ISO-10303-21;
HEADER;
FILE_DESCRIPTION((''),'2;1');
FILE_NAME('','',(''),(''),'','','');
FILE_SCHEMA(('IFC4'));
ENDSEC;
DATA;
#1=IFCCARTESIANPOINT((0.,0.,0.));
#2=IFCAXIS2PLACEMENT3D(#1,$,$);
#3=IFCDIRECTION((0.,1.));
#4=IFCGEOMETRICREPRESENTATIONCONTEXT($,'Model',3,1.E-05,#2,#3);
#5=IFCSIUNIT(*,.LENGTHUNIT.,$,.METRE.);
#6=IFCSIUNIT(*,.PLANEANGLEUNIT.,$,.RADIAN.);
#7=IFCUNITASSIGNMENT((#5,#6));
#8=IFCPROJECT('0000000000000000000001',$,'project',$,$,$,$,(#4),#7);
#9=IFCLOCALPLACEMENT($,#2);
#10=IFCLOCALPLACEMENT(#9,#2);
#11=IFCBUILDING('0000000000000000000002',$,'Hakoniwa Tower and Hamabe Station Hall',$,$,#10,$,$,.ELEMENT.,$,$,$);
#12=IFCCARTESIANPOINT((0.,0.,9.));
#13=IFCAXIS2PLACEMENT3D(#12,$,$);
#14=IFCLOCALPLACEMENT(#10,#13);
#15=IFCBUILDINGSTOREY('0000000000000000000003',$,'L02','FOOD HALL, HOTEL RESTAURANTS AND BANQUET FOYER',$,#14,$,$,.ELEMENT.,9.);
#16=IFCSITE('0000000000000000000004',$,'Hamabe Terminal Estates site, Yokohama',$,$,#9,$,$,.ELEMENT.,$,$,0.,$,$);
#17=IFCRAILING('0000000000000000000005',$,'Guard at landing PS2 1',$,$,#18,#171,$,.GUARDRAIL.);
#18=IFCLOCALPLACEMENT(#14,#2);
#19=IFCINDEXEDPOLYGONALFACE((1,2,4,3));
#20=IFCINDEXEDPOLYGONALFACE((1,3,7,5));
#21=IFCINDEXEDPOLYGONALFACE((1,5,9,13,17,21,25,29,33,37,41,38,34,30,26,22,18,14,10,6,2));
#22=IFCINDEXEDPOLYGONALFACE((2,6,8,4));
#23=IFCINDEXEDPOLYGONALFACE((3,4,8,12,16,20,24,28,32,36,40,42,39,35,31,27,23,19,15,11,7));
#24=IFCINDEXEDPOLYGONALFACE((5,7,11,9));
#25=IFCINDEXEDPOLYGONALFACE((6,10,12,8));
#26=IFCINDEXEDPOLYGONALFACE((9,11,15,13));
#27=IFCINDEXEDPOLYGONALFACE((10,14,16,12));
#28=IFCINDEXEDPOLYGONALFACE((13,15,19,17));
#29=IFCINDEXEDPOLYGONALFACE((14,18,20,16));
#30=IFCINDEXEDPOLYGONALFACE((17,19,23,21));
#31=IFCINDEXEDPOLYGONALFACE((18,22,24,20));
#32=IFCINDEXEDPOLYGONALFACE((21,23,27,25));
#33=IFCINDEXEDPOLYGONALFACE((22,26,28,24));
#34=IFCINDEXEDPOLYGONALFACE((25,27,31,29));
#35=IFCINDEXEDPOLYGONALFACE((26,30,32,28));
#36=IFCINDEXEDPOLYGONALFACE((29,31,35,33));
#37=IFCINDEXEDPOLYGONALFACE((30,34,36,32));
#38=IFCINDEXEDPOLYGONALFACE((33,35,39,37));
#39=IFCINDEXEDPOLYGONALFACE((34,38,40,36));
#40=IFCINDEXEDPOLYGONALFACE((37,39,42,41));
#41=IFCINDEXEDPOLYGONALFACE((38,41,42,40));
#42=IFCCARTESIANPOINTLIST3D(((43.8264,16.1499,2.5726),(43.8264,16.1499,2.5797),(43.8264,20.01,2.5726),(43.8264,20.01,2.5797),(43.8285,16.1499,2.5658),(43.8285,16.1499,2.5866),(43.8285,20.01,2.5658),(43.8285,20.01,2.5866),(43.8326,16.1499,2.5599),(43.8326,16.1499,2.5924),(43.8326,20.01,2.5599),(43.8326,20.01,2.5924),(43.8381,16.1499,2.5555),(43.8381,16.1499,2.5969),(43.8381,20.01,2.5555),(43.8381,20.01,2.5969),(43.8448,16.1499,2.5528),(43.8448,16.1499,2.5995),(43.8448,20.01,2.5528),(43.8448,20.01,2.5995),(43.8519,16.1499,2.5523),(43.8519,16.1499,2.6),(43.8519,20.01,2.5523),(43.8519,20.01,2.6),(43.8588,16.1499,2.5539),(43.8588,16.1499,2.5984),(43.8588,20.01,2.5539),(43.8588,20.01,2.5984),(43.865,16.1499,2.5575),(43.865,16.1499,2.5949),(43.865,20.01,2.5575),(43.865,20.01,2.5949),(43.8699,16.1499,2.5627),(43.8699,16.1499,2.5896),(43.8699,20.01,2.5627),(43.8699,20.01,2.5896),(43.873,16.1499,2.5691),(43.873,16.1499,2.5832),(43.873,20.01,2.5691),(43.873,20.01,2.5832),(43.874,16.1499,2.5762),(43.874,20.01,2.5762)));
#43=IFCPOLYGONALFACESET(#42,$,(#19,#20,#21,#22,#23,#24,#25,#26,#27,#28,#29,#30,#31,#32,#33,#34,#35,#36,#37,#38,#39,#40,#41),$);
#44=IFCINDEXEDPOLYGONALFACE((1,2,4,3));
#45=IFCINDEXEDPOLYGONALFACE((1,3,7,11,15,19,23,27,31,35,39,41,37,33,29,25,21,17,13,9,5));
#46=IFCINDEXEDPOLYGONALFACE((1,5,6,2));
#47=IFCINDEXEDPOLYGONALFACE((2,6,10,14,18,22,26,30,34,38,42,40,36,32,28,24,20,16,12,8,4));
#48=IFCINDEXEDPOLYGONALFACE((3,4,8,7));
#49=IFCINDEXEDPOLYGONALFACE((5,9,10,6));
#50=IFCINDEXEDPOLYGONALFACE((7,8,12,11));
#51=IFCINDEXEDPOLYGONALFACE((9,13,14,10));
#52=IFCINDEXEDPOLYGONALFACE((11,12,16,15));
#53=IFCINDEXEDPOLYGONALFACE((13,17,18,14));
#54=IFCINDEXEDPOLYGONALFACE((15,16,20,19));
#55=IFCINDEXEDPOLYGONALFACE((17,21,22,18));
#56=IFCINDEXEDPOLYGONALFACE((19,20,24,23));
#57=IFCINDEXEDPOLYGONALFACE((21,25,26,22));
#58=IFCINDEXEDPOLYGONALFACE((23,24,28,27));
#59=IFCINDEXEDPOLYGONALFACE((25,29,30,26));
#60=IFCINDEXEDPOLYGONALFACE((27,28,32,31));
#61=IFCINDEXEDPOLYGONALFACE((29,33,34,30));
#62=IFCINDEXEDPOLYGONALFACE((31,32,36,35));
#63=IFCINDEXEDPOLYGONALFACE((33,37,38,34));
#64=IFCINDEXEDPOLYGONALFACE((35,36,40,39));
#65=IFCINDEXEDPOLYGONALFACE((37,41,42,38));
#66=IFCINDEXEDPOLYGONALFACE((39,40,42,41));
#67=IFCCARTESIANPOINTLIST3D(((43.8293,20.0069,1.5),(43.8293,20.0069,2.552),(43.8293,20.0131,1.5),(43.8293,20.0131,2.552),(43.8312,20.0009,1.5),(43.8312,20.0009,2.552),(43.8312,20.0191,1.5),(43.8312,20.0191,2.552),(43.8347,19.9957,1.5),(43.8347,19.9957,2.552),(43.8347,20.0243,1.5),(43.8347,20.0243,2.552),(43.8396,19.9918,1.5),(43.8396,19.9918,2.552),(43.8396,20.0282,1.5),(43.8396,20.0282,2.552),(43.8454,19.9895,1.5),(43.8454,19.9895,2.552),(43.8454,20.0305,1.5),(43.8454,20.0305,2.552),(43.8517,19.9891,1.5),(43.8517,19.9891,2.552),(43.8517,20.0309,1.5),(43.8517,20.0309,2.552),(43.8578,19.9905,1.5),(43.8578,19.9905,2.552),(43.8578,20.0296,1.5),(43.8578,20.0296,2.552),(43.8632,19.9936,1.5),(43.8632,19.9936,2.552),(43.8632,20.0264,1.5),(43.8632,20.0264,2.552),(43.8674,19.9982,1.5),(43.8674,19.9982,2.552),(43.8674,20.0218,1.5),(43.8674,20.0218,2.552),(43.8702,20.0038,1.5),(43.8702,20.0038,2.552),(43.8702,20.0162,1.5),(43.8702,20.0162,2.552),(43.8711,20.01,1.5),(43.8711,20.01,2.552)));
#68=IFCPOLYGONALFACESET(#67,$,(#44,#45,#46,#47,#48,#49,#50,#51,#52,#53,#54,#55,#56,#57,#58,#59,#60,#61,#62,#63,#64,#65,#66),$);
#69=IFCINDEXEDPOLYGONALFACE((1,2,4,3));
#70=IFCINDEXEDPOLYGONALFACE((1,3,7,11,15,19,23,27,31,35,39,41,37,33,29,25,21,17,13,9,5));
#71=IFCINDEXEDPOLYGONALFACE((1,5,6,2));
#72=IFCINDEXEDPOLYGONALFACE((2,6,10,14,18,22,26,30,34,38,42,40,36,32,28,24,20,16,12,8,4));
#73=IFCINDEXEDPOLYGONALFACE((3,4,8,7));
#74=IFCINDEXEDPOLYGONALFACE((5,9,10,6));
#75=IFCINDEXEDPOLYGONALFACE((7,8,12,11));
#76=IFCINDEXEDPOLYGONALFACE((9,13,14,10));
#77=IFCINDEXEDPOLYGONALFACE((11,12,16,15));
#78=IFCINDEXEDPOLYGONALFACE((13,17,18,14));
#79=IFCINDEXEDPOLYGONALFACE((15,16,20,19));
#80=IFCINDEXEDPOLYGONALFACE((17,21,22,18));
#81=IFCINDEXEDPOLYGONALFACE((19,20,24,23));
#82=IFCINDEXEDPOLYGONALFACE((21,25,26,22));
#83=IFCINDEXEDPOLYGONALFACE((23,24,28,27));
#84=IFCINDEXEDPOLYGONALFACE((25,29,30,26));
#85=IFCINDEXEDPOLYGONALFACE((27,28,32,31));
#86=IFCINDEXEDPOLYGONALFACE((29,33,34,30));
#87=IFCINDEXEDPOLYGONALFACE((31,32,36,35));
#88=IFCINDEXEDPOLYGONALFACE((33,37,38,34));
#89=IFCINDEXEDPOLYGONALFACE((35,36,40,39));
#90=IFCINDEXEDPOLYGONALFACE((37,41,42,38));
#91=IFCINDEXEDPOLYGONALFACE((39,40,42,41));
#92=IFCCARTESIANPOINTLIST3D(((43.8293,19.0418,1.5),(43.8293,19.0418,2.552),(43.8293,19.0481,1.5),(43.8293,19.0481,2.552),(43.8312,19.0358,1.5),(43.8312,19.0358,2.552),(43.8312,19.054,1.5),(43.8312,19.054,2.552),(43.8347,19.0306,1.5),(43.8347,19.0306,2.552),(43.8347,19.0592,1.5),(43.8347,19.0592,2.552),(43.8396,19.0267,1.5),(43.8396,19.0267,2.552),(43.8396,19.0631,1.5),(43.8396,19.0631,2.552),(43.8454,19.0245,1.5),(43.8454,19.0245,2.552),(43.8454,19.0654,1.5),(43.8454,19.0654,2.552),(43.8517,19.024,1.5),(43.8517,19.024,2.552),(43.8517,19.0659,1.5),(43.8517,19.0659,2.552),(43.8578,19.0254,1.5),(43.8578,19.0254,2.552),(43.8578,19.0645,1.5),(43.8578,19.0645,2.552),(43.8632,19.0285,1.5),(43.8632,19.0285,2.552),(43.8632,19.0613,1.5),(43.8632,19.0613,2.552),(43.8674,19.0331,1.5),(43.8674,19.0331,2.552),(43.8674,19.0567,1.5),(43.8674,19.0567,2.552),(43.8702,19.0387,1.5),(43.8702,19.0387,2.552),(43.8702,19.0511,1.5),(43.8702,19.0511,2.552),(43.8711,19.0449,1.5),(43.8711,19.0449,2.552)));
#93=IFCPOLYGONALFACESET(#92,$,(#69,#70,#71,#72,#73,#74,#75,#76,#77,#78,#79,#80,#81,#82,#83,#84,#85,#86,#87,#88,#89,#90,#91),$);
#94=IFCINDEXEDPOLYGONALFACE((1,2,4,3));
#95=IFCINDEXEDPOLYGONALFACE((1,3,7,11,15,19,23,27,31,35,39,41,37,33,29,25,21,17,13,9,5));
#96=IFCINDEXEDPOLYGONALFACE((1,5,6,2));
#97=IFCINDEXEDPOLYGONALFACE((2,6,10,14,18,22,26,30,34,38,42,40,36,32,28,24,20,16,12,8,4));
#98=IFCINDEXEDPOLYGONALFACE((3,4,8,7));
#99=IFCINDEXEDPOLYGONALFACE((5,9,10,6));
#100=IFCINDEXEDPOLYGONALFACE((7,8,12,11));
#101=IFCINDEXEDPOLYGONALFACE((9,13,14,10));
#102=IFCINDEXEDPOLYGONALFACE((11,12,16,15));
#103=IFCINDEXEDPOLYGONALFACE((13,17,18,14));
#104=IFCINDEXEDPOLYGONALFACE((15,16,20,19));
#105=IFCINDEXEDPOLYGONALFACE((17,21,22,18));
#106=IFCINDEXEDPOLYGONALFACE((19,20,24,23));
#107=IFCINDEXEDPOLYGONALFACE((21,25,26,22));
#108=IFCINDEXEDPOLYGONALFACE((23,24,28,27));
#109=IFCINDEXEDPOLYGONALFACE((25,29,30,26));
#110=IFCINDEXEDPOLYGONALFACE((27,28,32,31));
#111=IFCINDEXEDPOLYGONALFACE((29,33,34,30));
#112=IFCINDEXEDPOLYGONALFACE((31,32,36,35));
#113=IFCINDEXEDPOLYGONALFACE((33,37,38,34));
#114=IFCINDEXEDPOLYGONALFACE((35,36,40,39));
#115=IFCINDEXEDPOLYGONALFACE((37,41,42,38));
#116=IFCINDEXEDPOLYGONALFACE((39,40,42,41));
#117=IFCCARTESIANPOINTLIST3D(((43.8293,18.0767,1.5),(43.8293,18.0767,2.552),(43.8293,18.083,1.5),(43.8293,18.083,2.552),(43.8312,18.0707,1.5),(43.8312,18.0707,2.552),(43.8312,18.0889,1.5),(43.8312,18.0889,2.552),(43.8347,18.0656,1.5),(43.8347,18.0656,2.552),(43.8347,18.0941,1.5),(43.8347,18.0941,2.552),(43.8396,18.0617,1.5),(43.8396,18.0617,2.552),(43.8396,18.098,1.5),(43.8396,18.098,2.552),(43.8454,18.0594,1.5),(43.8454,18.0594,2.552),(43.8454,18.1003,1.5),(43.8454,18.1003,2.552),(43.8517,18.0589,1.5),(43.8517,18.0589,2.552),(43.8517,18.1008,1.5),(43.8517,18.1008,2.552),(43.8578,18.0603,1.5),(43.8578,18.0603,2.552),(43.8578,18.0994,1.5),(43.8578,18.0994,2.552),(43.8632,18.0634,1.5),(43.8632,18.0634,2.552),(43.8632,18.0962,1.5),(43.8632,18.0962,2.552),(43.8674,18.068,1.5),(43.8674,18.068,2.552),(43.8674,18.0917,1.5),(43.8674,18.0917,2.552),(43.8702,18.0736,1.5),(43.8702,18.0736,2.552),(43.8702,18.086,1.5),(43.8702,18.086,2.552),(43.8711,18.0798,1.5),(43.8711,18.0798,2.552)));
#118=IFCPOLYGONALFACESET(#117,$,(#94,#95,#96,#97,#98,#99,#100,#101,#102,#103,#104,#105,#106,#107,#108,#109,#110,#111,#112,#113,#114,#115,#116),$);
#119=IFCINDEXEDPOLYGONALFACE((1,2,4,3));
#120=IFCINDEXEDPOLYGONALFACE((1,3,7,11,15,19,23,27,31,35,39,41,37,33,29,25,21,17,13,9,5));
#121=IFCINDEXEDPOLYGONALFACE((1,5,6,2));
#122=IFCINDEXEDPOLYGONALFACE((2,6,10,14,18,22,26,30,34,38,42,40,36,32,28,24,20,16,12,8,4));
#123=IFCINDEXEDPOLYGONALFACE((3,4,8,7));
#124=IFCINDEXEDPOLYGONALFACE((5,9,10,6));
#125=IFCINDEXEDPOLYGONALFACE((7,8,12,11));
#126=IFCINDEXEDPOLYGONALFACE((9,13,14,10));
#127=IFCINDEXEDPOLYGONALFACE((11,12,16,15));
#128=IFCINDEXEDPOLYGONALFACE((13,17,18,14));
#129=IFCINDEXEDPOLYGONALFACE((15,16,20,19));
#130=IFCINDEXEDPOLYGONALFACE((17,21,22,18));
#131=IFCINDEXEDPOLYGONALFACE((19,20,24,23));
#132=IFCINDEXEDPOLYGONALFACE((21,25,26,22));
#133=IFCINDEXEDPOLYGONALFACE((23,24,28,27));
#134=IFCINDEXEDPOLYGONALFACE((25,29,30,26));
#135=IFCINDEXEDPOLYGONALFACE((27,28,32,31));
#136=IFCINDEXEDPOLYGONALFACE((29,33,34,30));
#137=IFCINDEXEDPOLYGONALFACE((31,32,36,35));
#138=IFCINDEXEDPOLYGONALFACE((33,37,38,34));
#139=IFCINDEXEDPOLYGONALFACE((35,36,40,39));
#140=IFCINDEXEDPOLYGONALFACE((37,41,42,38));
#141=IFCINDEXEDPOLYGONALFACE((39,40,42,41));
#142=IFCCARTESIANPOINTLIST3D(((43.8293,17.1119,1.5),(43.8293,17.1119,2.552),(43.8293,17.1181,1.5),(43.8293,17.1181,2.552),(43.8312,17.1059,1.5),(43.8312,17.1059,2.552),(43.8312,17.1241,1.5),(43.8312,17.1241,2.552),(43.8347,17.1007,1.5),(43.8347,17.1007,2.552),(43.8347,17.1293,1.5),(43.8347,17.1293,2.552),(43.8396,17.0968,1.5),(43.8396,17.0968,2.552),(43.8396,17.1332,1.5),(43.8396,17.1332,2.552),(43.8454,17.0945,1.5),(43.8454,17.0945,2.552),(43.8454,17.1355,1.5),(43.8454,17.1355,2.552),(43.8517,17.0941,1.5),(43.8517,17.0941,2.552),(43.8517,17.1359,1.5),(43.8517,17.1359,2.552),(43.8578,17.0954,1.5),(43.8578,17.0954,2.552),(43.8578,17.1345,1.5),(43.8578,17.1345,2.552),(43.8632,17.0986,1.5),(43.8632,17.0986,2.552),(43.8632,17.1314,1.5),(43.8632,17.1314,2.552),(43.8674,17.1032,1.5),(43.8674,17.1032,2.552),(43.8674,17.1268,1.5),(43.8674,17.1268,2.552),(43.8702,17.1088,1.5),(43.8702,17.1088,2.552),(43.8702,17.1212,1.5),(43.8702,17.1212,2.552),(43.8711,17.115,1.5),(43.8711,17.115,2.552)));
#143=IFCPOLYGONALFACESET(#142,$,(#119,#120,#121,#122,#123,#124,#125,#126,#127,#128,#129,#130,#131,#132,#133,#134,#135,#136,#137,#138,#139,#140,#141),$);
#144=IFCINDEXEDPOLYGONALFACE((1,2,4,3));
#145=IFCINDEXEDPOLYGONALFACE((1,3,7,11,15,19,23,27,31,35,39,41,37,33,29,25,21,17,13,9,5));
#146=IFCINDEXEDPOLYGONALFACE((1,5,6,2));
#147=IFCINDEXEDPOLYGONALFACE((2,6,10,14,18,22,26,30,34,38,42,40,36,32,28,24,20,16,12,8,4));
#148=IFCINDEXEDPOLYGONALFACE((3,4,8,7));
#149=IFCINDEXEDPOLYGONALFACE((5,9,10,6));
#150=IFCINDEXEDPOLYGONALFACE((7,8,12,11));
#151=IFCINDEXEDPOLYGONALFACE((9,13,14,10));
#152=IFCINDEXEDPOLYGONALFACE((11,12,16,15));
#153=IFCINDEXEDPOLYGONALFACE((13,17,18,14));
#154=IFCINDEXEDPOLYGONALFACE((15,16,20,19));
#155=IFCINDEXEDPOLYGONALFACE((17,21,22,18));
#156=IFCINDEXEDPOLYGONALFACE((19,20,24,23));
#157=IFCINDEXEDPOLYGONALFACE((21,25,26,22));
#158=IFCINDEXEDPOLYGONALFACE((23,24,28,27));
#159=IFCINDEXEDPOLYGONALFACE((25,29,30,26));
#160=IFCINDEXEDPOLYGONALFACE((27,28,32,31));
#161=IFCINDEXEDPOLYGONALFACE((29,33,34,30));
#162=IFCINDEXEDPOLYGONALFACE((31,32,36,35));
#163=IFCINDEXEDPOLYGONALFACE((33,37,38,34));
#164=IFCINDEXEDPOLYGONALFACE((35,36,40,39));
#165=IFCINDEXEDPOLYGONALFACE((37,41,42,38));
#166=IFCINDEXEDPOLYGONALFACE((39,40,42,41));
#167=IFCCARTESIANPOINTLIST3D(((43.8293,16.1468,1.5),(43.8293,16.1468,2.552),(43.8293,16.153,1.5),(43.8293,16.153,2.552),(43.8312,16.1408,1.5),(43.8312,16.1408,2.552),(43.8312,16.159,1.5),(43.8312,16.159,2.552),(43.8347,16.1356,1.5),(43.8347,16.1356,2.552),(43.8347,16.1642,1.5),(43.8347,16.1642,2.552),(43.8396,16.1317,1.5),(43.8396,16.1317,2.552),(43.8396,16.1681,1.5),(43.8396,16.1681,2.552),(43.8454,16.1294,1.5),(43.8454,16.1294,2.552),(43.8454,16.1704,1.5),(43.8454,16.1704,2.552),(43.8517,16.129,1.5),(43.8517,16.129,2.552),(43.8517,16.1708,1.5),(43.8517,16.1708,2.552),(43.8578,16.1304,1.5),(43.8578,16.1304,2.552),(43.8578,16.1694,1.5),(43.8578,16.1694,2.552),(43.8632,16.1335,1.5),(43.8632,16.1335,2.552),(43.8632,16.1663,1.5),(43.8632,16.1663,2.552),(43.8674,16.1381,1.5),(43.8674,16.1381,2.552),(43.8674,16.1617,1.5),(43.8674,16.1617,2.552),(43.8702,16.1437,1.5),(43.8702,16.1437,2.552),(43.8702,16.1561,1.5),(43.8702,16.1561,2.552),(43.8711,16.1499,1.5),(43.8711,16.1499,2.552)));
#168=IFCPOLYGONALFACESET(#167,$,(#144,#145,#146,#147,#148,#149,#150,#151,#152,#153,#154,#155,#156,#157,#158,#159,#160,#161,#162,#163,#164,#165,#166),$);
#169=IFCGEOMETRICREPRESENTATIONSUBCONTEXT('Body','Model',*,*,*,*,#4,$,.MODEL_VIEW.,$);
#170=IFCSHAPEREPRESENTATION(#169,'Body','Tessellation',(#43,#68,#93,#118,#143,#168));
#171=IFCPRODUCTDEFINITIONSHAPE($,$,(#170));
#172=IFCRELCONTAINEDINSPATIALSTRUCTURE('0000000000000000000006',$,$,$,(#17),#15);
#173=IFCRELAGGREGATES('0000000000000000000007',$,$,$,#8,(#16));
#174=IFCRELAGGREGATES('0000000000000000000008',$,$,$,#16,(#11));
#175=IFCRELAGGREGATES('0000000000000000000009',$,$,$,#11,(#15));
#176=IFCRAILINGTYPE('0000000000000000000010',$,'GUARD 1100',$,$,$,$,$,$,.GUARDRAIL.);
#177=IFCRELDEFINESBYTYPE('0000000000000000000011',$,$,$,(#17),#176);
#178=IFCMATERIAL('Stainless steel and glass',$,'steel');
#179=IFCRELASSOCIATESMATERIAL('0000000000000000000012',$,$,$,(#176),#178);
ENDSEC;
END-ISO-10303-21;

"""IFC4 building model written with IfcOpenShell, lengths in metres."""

from ifc_helpers import new_model, si_unit, direction, frame, origin, origin_2d, place, context, subcontext, project, spatial, circle, extrude, material, type_object, element, save


model = new_model("IFC4")

# Units and contexts
model_context = context("Model", 3, precision=1e-05, world=origin(), true_north=direction((0.0, 1.0)))
body_context = subcontext(model_context, "Body", "Model", "MODEL_VIEW")
ifc_project = project(units=[si_unit("LENGTHUNIT", "METRE"), si_unit("PLANEANGLEUNIT", "RADIAN")], contexts=[model_context])

# Site, building, storey
site_placement = place(None, origin())
site = spatial("IfcSite", under=ifc_project, at=site_placement, Name="Hamabe Terminal Estates site, Yokohama", CompositionType="ELEMENT", RefElevation=0.0)
building_placement = place(site_placement, origin())
building = spatial("IfcBuilding", under=site, at=building_placement, Name="Hakoniwa Tower and Hamabe Station Hall", CompositionType="ELEMENT")
storey_placement = place(building_placement, frame((0.0, 0.0, 9.0)))
storey = spatial("IfcBuildingStorey", under=building, at=storey_placement, Name="L02", Description="FOOD HALL, HOTEL RESTAURANTS AND BANQUET FOYER", CompositionType="ELEMENT", Elevation=9.0)

# Railing
ifc_material_1 = material(Name="Stainless steel and glass", Category="steel")
railing_type_1 = type_object("IfcRailingType", Name="GUARD 1100", PredefinedType="GUARDRAIL", material=ifc_material_1)
railing_1_placement = place(storey_placement, frame((43.8501, 20.01, 1.5)))
element("IfcRailing", 1, at=railing_1_placement, inside=storey, type_object=railing_type_1, Name="Guard at landing PS2 1", PredefinedType="GUARDRAIL", context=body_context, shape_type="SweptSolid", body=[
    extrude(circle(Radius=0.0239, at=origin_2d()), frame((0.0, 0.0, 1.0762), z_axis=(0.0, -1.0, 0.0), x_axis=(1.0, 0.0, 0.0)), (0.0, 0.0, 1.0), 3.8601),
    extrude(circle(Radius=0.021, at=origin_2d()), origin(), (0.0, 0.0, 1.0), 1.052),
    extrude(circle(Radius=0.021, at=origin_2d()), frame((0.0, -0.9651, 0.0)), (0.0, 0.0, 1.0), 1.052),
    extrude(circle(Radius=0.021, at=origin_2d()), frame((0.0, -1.9302, 0.0)), (0.0, 0.0, 1.0), 1.052),
    extrude(circle(Radius=0.021, at=origin_2d()), frame((0.0, -2.895, 0.0)), (0.0, 0.0, 1.0), 1.052),
    extrude(circle(Radius=0.021, at=origin_2d()), frame((0.0, -3.8601, 0.0)), (0.0, 0.0, 1.0), 1.052),
])

save(model, "model.ifc")
